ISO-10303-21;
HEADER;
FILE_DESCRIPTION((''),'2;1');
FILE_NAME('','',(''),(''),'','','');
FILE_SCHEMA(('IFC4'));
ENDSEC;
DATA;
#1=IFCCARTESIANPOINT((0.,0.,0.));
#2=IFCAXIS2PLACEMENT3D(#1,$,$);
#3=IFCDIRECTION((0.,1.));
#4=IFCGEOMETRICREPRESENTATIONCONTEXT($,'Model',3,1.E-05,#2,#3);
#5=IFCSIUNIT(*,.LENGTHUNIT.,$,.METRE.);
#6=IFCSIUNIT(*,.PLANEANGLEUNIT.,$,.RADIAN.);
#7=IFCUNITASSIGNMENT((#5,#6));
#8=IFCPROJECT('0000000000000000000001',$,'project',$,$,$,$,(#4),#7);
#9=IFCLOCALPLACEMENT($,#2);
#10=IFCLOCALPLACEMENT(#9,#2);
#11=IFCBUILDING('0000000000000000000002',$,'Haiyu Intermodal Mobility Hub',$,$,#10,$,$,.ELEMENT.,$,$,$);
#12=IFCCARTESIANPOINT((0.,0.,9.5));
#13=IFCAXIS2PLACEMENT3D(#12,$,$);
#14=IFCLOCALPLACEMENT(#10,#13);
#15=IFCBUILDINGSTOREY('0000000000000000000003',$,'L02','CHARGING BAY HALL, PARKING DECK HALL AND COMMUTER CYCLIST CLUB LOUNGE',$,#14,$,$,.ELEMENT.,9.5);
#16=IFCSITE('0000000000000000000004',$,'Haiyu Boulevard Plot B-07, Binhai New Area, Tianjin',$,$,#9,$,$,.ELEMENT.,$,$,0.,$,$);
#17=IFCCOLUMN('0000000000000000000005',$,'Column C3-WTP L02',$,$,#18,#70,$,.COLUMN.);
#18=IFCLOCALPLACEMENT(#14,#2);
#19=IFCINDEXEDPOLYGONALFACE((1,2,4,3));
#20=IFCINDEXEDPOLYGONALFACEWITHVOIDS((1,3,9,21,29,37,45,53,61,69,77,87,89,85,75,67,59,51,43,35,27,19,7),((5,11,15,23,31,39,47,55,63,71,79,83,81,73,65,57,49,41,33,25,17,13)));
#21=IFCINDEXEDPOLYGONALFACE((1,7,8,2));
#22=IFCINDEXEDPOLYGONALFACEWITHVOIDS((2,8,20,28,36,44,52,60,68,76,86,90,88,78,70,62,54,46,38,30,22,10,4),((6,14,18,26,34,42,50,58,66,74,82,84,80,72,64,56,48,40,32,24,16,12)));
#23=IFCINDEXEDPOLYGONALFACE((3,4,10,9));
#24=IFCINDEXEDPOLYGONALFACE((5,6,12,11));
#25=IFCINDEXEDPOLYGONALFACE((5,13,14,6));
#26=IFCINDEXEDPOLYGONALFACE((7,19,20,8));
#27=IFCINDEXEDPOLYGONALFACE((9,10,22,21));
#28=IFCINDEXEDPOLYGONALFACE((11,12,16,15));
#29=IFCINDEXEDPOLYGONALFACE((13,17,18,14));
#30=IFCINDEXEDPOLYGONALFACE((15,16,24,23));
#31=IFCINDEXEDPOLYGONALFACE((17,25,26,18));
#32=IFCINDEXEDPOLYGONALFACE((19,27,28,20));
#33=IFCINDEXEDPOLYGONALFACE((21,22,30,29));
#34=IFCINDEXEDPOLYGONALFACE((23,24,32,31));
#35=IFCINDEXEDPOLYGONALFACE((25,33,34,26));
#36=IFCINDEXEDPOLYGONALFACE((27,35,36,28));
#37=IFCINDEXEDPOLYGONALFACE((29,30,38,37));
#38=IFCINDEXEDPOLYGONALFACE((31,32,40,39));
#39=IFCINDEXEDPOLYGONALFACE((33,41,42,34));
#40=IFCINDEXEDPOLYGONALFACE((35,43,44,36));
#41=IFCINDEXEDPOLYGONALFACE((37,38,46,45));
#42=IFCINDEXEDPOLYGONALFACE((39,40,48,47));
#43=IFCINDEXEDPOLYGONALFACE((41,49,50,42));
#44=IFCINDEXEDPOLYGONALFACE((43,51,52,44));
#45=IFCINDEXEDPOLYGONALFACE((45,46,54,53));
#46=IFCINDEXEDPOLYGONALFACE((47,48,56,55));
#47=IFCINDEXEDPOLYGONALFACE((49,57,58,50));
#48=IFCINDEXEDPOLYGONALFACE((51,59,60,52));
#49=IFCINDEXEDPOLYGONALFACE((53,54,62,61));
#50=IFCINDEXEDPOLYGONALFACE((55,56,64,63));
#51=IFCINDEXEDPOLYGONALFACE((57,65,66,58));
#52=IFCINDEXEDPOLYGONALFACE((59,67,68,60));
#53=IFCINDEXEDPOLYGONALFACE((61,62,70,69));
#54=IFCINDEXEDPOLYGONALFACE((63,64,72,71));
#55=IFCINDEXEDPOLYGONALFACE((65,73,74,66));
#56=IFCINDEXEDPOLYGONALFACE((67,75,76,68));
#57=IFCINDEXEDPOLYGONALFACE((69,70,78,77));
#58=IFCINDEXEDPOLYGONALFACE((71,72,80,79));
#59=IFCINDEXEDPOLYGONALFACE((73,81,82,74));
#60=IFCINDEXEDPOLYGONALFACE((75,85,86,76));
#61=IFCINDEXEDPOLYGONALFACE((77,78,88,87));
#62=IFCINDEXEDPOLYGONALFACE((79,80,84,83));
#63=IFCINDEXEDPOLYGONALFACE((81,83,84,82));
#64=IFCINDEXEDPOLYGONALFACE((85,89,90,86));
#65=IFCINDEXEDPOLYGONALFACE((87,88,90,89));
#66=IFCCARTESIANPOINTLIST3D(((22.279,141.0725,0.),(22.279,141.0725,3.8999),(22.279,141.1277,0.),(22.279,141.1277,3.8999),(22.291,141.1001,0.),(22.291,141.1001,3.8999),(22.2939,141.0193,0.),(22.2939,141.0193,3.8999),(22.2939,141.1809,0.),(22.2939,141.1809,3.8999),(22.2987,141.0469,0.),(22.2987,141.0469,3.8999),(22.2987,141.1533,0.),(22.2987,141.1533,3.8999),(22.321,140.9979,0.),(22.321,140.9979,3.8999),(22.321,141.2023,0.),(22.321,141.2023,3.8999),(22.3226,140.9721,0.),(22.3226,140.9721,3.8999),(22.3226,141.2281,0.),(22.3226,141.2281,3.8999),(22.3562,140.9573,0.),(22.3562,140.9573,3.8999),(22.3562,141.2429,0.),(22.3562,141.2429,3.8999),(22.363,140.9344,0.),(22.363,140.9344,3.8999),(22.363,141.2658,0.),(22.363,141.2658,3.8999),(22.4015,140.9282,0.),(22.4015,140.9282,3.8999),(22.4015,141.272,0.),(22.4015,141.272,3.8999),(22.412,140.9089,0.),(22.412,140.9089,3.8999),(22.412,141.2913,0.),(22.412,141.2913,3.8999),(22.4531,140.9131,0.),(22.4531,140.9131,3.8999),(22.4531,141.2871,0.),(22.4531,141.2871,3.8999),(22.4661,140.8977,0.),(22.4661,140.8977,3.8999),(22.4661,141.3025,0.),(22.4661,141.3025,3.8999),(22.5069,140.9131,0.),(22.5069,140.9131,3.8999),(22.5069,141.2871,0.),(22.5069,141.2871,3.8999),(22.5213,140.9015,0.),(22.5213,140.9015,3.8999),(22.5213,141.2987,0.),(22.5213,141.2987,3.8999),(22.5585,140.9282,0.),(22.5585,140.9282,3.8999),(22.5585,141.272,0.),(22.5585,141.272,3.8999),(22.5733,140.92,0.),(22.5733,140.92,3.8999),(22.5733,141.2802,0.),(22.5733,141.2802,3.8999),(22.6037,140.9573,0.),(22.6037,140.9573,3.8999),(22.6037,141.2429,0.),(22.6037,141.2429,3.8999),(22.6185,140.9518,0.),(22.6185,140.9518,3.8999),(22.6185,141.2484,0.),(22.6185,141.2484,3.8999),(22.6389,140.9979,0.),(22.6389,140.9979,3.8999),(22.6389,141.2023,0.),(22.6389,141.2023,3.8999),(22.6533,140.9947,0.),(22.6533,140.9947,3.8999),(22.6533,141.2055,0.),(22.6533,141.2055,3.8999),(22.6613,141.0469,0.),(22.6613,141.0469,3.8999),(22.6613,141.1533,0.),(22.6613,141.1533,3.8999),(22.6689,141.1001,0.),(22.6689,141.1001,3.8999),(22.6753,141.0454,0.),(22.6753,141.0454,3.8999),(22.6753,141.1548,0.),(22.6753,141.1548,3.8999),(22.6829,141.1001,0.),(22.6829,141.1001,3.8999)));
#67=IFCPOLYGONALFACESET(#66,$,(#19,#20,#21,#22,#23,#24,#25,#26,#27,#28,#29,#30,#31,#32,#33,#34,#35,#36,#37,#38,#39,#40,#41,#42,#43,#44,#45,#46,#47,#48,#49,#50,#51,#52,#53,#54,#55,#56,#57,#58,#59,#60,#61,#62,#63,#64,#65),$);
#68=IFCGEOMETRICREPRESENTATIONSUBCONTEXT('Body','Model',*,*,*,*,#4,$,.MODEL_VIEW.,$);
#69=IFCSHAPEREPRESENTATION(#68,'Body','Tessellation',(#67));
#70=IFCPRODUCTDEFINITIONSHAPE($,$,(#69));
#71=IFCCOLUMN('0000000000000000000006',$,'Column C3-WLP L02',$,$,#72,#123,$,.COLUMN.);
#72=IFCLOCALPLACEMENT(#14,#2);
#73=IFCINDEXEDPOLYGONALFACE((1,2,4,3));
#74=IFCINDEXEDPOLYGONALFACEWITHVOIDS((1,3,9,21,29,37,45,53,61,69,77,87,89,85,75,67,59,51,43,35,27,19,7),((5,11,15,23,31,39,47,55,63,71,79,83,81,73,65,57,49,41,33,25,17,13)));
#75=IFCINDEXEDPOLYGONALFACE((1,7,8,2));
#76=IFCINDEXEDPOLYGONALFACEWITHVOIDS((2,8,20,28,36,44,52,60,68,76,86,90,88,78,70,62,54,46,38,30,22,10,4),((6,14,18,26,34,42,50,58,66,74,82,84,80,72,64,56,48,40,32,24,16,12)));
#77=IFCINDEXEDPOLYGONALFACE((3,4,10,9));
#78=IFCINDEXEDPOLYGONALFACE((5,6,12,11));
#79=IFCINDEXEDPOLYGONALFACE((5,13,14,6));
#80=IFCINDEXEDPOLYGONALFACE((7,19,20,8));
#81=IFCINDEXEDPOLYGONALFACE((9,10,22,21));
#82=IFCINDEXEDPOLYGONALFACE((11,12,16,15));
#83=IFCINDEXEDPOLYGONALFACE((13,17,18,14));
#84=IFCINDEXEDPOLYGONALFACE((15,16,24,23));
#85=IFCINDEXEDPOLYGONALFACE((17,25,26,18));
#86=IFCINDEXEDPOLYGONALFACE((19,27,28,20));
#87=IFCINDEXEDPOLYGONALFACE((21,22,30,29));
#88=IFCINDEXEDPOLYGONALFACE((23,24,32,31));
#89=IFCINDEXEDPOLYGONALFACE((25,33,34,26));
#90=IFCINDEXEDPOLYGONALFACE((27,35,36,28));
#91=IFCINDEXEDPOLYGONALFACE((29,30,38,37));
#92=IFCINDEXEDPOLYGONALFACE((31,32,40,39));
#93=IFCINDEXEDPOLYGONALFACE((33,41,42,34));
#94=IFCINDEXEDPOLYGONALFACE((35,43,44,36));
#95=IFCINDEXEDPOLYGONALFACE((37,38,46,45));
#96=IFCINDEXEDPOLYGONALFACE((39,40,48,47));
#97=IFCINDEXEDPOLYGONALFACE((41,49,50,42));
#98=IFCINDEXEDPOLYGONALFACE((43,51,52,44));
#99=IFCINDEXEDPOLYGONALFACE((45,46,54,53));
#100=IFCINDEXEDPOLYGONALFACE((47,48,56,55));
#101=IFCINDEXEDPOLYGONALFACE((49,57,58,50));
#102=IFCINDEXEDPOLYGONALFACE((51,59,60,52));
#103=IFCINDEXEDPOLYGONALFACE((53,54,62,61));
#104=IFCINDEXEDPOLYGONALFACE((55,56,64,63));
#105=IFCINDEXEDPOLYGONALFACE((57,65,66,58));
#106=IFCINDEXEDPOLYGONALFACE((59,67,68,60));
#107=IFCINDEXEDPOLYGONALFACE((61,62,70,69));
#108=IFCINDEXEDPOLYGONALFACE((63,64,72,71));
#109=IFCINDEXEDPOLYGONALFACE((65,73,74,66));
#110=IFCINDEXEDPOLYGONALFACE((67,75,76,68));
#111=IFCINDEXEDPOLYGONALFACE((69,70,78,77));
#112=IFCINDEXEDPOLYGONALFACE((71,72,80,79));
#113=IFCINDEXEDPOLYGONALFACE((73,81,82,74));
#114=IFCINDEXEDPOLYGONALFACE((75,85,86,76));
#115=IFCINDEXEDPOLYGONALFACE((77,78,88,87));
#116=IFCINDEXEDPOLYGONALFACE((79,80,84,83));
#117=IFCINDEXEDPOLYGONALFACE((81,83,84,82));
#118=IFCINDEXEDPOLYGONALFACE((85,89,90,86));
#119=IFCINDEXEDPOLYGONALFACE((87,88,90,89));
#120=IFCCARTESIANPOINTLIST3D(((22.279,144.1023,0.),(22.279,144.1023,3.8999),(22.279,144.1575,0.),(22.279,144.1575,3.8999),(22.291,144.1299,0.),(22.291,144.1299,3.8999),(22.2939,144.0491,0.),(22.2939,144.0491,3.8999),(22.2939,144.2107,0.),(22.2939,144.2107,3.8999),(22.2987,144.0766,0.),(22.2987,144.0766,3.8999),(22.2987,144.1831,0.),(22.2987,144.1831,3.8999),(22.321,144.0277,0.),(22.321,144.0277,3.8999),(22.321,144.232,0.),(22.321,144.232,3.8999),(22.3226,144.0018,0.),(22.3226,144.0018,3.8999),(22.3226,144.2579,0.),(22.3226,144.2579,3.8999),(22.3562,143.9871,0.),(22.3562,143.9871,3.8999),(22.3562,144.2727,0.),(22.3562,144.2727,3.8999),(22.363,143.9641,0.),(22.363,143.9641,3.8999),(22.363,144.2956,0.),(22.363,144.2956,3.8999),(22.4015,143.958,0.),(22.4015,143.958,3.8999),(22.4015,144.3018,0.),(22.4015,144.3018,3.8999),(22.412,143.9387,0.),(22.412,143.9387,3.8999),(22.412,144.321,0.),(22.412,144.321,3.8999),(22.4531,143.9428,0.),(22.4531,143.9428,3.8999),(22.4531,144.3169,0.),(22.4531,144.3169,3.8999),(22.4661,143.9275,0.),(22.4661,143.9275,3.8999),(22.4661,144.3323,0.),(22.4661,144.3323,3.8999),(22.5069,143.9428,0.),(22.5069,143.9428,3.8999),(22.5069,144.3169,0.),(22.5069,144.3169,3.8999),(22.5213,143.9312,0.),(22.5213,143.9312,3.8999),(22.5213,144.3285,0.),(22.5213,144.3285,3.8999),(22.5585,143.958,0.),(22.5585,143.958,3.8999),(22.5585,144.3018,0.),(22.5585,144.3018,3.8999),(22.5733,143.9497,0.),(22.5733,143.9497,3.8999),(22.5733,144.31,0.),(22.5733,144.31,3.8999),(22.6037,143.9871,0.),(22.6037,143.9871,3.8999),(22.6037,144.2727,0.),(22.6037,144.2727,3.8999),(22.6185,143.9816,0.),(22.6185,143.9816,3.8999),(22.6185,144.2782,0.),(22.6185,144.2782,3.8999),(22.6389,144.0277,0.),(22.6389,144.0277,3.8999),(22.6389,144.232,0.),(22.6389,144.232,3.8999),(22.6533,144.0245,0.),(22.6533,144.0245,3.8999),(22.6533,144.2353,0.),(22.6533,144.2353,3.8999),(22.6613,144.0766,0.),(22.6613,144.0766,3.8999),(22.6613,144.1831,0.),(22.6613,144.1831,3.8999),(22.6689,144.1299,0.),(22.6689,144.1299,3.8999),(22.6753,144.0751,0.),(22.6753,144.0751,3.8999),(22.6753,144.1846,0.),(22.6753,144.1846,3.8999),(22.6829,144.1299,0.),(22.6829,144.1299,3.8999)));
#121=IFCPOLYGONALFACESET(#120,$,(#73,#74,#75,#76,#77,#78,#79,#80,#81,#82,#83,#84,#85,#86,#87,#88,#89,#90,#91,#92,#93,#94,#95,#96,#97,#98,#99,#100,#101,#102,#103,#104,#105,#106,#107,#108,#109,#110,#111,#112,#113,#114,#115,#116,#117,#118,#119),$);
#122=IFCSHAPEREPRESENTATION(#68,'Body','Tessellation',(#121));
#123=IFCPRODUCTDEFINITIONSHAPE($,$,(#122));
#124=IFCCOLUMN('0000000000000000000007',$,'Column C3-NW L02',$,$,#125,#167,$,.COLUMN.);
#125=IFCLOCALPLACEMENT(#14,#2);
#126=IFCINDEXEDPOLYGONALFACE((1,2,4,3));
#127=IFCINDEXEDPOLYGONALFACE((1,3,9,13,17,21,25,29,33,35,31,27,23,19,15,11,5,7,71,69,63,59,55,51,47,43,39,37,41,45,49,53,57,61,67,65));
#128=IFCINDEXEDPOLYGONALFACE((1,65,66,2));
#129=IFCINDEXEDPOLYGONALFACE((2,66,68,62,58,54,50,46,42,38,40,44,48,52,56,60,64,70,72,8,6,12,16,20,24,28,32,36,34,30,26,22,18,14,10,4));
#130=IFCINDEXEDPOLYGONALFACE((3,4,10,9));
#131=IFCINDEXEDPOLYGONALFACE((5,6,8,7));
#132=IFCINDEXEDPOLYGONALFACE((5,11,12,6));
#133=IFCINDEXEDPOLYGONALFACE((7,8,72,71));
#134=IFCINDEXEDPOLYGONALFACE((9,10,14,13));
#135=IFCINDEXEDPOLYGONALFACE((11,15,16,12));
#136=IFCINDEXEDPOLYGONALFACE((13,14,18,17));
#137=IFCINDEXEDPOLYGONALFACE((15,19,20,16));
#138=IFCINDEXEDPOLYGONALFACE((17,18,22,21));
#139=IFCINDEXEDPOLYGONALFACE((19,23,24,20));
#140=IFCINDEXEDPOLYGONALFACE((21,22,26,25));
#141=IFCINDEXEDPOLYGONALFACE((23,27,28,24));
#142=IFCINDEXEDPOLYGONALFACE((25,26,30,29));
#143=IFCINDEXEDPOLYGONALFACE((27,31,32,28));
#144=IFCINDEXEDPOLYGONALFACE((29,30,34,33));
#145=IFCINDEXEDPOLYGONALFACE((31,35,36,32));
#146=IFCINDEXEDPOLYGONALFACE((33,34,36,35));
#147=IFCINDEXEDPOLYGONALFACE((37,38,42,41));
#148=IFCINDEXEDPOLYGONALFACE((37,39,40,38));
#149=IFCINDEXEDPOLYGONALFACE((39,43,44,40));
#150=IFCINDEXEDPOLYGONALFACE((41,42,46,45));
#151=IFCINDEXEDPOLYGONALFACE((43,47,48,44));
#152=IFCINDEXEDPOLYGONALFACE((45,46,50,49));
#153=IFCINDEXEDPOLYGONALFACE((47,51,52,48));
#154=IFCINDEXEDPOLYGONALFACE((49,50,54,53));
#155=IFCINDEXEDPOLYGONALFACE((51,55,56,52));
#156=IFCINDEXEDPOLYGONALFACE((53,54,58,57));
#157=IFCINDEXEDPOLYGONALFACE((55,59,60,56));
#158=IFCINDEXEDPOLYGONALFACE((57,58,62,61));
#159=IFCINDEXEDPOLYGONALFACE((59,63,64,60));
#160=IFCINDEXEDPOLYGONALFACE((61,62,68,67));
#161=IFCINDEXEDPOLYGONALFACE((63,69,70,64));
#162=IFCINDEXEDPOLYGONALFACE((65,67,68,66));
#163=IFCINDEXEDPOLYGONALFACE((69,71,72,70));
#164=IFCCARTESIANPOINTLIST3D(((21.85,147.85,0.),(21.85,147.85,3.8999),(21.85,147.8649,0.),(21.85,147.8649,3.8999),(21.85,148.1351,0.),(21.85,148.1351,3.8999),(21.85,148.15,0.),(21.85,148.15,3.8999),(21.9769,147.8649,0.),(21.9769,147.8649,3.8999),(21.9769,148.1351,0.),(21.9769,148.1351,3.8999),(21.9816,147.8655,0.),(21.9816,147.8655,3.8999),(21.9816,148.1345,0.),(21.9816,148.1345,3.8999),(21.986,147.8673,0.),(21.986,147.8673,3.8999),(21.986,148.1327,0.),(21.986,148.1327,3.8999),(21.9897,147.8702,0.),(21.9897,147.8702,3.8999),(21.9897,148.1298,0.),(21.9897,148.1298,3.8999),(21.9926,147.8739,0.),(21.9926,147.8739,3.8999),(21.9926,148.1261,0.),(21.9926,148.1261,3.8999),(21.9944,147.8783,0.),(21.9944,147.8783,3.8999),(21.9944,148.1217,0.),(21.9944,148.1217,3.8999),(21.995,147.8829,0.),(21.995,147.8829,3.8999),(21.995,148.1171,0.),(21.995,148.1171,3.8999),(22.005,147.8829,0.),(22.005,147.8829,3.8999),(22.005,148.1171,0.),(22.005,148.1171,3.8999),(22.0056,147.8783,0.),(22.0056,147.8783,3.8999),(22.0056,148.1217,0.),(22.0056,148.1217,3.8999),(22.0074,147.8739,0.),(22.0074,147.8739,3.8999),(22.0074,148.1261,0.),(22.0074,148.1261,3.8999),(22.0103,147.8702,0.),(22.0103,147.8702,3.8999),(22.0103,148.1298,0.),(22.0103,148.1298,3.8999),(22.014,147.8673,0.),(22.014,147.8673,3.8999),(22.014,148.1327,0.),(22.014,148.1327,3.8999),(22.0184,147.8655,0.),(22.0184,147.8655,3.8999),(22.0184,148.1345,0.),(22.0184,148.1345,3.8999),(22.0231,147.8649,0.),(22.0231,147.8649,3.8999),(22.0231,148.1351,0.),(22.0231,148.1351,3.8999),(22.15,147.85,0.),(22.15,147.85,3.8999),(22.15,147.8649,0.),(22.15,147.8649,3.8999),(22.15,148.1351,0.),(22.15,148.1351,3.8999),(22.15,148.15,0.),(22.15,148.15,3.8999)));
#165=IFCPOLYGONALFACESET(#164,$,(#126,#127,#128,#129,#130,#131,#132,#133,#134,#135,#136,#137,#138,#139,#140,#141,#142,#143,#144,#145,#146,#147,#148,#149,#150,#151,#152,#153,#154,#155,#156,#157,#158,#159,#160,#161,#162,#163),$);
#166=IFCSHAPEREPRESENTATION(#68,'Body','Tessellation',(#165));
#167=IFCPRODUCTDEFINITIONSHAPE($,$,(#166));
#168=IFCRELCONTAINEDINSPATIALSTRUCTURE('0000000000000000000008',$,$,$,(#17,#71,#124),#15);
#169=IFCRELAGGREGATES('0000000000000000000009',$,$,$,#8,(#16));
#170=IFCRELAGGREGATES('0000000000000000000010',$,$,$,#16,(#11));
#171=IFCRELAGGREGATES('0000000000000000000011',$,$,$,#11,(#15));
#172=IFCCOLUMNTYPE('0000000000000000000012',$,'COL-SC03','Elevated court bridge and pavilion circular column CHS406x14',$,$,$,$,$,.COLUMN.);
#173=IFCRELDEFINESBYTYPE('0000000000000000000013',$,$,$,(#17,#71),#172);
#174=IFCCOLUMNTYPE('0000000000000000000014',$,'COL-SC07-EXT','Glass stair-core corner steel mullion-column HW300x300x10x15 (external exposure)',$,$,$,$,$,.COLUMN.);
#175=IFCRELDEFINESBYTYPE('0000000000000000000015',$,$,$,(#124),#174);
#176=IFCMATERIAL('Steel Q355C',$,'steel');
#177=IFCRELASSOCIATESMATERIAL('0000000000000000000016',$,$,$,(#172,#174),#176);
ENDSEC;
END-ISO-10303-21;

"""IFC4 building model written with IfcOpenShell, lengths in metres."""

from ifc_helpers import new_model, si_unit, direction, frame, origin, origin_2d, place, context, subcontext, project, spatial, hollow_circle, i_section, extrude, material, material_profile, profile_set, type_object, element, save


model = new_model("IFC4")

# Units and contexts
model_context = context("Model", 3, precision=1e-05, world=origin(), true_north=direction((0.0, 1.0)))
body_context = subcontext(model_context, "Body", "Model", "MODEL_VIEW")
ifc_project = project(units=[si_unit("LENGTHUNIT", "METRE"), si_unit("PLANEANGLEUNIT", "RADIAN")], contexts=[model_context])

# Site, building, storey
site_placement = place(None, origin())
site = spatial("IfcSite", under=ifc_project, at=site_placement, Name="Haiyu Boulevard Plot B-07, Binhai New Area, Tianjin", CompositionType="ELEMENT", RefElevation=0.0)
building_placement = place(site_placement, origin())
building = spatial("IfcBuilding", under=site, at=building_placement, Name="Haiyu Intermodal Mobility Hub", CompositionType="ELEMENT")
storey_placement = place(building_placement, frame((0.0, 0.0, 9.5)))
storey = spatial("IfcBuildingStorey", under=building, at=storey_placement, Name="L02", Description="CHARGING BAY HALL, PARKING DECK HALL AND COMMUTER CYCLIST CLUB LOUNGE", CompositionType="ELEMENT", Elevation=9.5)

# Columns
ifc_material_1 = material(Name="Steel Q355C", Category="steel")
ifc_material_profile_1 = material_profile(ifc_material_1, hollow_circle(Radius=0.2029, WallThickness=0.0139, at=origin_2d()), Name="CHS406x14")
ifc_profile_set_1 = profile_set([ifc_material_profile_1], Name="Steel Q355C")
column_type_1 = type_object("IfcColumnType", Name="COL-SC03", Description="Elevated court bridge and pavilion circular column CHS406x14", PredefinedType="COLUMN", material=ifc_profile_set_1)
for number, where, z_axis, x_axis, name in (
    (1, (22.48, 141.1001, 0.0), (0.0, 0.0, 1.0), (1.0, 0.0, 0.0), "Column C3-WTP L02"),
    (2, (22.48, 144.1299, 0.0), (0.0, 0.0, 1.0), (1.0, 0.0, 0.0), "Column C3-WLP L02"),
):
    element("IfcColumn", number, at=place(storey_placement, frame(where, z_axis=z_axis, x_axis=x_axis)), inside=storey, type_object=column_type_1, Name=name, PredefinedType="COLUMN", context=body_context, shape_type="SweptSolid", body=[
        extrude(hollow_circle(Radius=0.2029, WallThickness=0.0139, at=origin_2d()), origin(), (0.0, 0.0, 1.0), 3.8999),
    ])
ifc_material_profile_2 = material_profile(ifc_material_1, i_section(OverallWidth=0.3, OverallDepth=0.3, WebThickness=0.01, FlangeThickness=0.0149, FilletRadius=0.0181, at=origin_2d()), Name="HW300x300x10x15")
ifc_profile_set_2 = profile_set([ifc_material_profile_2], Name="Steel Q355C")
column_type_2 = type_object("IfcColumnType", Name="COL-SC07-EXT", Description="Glass stair-core corner steel mullion-column HW300x300x10x15 (external exposure)", PredefinedType="COLUMN", material=ifc_profile_set_2)
for number, where, z_axis, x_axis, name in (
    (3, (22.0, 148.0, 0.0), (0.0, 0.0, 1.0), (1.0, 0.0, 0.0), "Column C3-NW L02"),
):
    element("IfcColumn", number, at=place(storey_placement, frame(where, z_axis=z_axis, x_axis=x_axis)), inside=storey, type_object=column_type_2, Name=name, PredefinedType="COLUMN", context=body_context, shape_type="SweptSolid", body=[
        extrude(i_section(OverallWidth=0.3, OverallDepth=0.3, WebThickness=0.01, FlangeThickness=0.0149, FilletRadius=0.0181, at=origin_2d()), origin(), (0.0, 0.0, 1.0), 3.8999),
    ])

save(model, "model.ifc")
